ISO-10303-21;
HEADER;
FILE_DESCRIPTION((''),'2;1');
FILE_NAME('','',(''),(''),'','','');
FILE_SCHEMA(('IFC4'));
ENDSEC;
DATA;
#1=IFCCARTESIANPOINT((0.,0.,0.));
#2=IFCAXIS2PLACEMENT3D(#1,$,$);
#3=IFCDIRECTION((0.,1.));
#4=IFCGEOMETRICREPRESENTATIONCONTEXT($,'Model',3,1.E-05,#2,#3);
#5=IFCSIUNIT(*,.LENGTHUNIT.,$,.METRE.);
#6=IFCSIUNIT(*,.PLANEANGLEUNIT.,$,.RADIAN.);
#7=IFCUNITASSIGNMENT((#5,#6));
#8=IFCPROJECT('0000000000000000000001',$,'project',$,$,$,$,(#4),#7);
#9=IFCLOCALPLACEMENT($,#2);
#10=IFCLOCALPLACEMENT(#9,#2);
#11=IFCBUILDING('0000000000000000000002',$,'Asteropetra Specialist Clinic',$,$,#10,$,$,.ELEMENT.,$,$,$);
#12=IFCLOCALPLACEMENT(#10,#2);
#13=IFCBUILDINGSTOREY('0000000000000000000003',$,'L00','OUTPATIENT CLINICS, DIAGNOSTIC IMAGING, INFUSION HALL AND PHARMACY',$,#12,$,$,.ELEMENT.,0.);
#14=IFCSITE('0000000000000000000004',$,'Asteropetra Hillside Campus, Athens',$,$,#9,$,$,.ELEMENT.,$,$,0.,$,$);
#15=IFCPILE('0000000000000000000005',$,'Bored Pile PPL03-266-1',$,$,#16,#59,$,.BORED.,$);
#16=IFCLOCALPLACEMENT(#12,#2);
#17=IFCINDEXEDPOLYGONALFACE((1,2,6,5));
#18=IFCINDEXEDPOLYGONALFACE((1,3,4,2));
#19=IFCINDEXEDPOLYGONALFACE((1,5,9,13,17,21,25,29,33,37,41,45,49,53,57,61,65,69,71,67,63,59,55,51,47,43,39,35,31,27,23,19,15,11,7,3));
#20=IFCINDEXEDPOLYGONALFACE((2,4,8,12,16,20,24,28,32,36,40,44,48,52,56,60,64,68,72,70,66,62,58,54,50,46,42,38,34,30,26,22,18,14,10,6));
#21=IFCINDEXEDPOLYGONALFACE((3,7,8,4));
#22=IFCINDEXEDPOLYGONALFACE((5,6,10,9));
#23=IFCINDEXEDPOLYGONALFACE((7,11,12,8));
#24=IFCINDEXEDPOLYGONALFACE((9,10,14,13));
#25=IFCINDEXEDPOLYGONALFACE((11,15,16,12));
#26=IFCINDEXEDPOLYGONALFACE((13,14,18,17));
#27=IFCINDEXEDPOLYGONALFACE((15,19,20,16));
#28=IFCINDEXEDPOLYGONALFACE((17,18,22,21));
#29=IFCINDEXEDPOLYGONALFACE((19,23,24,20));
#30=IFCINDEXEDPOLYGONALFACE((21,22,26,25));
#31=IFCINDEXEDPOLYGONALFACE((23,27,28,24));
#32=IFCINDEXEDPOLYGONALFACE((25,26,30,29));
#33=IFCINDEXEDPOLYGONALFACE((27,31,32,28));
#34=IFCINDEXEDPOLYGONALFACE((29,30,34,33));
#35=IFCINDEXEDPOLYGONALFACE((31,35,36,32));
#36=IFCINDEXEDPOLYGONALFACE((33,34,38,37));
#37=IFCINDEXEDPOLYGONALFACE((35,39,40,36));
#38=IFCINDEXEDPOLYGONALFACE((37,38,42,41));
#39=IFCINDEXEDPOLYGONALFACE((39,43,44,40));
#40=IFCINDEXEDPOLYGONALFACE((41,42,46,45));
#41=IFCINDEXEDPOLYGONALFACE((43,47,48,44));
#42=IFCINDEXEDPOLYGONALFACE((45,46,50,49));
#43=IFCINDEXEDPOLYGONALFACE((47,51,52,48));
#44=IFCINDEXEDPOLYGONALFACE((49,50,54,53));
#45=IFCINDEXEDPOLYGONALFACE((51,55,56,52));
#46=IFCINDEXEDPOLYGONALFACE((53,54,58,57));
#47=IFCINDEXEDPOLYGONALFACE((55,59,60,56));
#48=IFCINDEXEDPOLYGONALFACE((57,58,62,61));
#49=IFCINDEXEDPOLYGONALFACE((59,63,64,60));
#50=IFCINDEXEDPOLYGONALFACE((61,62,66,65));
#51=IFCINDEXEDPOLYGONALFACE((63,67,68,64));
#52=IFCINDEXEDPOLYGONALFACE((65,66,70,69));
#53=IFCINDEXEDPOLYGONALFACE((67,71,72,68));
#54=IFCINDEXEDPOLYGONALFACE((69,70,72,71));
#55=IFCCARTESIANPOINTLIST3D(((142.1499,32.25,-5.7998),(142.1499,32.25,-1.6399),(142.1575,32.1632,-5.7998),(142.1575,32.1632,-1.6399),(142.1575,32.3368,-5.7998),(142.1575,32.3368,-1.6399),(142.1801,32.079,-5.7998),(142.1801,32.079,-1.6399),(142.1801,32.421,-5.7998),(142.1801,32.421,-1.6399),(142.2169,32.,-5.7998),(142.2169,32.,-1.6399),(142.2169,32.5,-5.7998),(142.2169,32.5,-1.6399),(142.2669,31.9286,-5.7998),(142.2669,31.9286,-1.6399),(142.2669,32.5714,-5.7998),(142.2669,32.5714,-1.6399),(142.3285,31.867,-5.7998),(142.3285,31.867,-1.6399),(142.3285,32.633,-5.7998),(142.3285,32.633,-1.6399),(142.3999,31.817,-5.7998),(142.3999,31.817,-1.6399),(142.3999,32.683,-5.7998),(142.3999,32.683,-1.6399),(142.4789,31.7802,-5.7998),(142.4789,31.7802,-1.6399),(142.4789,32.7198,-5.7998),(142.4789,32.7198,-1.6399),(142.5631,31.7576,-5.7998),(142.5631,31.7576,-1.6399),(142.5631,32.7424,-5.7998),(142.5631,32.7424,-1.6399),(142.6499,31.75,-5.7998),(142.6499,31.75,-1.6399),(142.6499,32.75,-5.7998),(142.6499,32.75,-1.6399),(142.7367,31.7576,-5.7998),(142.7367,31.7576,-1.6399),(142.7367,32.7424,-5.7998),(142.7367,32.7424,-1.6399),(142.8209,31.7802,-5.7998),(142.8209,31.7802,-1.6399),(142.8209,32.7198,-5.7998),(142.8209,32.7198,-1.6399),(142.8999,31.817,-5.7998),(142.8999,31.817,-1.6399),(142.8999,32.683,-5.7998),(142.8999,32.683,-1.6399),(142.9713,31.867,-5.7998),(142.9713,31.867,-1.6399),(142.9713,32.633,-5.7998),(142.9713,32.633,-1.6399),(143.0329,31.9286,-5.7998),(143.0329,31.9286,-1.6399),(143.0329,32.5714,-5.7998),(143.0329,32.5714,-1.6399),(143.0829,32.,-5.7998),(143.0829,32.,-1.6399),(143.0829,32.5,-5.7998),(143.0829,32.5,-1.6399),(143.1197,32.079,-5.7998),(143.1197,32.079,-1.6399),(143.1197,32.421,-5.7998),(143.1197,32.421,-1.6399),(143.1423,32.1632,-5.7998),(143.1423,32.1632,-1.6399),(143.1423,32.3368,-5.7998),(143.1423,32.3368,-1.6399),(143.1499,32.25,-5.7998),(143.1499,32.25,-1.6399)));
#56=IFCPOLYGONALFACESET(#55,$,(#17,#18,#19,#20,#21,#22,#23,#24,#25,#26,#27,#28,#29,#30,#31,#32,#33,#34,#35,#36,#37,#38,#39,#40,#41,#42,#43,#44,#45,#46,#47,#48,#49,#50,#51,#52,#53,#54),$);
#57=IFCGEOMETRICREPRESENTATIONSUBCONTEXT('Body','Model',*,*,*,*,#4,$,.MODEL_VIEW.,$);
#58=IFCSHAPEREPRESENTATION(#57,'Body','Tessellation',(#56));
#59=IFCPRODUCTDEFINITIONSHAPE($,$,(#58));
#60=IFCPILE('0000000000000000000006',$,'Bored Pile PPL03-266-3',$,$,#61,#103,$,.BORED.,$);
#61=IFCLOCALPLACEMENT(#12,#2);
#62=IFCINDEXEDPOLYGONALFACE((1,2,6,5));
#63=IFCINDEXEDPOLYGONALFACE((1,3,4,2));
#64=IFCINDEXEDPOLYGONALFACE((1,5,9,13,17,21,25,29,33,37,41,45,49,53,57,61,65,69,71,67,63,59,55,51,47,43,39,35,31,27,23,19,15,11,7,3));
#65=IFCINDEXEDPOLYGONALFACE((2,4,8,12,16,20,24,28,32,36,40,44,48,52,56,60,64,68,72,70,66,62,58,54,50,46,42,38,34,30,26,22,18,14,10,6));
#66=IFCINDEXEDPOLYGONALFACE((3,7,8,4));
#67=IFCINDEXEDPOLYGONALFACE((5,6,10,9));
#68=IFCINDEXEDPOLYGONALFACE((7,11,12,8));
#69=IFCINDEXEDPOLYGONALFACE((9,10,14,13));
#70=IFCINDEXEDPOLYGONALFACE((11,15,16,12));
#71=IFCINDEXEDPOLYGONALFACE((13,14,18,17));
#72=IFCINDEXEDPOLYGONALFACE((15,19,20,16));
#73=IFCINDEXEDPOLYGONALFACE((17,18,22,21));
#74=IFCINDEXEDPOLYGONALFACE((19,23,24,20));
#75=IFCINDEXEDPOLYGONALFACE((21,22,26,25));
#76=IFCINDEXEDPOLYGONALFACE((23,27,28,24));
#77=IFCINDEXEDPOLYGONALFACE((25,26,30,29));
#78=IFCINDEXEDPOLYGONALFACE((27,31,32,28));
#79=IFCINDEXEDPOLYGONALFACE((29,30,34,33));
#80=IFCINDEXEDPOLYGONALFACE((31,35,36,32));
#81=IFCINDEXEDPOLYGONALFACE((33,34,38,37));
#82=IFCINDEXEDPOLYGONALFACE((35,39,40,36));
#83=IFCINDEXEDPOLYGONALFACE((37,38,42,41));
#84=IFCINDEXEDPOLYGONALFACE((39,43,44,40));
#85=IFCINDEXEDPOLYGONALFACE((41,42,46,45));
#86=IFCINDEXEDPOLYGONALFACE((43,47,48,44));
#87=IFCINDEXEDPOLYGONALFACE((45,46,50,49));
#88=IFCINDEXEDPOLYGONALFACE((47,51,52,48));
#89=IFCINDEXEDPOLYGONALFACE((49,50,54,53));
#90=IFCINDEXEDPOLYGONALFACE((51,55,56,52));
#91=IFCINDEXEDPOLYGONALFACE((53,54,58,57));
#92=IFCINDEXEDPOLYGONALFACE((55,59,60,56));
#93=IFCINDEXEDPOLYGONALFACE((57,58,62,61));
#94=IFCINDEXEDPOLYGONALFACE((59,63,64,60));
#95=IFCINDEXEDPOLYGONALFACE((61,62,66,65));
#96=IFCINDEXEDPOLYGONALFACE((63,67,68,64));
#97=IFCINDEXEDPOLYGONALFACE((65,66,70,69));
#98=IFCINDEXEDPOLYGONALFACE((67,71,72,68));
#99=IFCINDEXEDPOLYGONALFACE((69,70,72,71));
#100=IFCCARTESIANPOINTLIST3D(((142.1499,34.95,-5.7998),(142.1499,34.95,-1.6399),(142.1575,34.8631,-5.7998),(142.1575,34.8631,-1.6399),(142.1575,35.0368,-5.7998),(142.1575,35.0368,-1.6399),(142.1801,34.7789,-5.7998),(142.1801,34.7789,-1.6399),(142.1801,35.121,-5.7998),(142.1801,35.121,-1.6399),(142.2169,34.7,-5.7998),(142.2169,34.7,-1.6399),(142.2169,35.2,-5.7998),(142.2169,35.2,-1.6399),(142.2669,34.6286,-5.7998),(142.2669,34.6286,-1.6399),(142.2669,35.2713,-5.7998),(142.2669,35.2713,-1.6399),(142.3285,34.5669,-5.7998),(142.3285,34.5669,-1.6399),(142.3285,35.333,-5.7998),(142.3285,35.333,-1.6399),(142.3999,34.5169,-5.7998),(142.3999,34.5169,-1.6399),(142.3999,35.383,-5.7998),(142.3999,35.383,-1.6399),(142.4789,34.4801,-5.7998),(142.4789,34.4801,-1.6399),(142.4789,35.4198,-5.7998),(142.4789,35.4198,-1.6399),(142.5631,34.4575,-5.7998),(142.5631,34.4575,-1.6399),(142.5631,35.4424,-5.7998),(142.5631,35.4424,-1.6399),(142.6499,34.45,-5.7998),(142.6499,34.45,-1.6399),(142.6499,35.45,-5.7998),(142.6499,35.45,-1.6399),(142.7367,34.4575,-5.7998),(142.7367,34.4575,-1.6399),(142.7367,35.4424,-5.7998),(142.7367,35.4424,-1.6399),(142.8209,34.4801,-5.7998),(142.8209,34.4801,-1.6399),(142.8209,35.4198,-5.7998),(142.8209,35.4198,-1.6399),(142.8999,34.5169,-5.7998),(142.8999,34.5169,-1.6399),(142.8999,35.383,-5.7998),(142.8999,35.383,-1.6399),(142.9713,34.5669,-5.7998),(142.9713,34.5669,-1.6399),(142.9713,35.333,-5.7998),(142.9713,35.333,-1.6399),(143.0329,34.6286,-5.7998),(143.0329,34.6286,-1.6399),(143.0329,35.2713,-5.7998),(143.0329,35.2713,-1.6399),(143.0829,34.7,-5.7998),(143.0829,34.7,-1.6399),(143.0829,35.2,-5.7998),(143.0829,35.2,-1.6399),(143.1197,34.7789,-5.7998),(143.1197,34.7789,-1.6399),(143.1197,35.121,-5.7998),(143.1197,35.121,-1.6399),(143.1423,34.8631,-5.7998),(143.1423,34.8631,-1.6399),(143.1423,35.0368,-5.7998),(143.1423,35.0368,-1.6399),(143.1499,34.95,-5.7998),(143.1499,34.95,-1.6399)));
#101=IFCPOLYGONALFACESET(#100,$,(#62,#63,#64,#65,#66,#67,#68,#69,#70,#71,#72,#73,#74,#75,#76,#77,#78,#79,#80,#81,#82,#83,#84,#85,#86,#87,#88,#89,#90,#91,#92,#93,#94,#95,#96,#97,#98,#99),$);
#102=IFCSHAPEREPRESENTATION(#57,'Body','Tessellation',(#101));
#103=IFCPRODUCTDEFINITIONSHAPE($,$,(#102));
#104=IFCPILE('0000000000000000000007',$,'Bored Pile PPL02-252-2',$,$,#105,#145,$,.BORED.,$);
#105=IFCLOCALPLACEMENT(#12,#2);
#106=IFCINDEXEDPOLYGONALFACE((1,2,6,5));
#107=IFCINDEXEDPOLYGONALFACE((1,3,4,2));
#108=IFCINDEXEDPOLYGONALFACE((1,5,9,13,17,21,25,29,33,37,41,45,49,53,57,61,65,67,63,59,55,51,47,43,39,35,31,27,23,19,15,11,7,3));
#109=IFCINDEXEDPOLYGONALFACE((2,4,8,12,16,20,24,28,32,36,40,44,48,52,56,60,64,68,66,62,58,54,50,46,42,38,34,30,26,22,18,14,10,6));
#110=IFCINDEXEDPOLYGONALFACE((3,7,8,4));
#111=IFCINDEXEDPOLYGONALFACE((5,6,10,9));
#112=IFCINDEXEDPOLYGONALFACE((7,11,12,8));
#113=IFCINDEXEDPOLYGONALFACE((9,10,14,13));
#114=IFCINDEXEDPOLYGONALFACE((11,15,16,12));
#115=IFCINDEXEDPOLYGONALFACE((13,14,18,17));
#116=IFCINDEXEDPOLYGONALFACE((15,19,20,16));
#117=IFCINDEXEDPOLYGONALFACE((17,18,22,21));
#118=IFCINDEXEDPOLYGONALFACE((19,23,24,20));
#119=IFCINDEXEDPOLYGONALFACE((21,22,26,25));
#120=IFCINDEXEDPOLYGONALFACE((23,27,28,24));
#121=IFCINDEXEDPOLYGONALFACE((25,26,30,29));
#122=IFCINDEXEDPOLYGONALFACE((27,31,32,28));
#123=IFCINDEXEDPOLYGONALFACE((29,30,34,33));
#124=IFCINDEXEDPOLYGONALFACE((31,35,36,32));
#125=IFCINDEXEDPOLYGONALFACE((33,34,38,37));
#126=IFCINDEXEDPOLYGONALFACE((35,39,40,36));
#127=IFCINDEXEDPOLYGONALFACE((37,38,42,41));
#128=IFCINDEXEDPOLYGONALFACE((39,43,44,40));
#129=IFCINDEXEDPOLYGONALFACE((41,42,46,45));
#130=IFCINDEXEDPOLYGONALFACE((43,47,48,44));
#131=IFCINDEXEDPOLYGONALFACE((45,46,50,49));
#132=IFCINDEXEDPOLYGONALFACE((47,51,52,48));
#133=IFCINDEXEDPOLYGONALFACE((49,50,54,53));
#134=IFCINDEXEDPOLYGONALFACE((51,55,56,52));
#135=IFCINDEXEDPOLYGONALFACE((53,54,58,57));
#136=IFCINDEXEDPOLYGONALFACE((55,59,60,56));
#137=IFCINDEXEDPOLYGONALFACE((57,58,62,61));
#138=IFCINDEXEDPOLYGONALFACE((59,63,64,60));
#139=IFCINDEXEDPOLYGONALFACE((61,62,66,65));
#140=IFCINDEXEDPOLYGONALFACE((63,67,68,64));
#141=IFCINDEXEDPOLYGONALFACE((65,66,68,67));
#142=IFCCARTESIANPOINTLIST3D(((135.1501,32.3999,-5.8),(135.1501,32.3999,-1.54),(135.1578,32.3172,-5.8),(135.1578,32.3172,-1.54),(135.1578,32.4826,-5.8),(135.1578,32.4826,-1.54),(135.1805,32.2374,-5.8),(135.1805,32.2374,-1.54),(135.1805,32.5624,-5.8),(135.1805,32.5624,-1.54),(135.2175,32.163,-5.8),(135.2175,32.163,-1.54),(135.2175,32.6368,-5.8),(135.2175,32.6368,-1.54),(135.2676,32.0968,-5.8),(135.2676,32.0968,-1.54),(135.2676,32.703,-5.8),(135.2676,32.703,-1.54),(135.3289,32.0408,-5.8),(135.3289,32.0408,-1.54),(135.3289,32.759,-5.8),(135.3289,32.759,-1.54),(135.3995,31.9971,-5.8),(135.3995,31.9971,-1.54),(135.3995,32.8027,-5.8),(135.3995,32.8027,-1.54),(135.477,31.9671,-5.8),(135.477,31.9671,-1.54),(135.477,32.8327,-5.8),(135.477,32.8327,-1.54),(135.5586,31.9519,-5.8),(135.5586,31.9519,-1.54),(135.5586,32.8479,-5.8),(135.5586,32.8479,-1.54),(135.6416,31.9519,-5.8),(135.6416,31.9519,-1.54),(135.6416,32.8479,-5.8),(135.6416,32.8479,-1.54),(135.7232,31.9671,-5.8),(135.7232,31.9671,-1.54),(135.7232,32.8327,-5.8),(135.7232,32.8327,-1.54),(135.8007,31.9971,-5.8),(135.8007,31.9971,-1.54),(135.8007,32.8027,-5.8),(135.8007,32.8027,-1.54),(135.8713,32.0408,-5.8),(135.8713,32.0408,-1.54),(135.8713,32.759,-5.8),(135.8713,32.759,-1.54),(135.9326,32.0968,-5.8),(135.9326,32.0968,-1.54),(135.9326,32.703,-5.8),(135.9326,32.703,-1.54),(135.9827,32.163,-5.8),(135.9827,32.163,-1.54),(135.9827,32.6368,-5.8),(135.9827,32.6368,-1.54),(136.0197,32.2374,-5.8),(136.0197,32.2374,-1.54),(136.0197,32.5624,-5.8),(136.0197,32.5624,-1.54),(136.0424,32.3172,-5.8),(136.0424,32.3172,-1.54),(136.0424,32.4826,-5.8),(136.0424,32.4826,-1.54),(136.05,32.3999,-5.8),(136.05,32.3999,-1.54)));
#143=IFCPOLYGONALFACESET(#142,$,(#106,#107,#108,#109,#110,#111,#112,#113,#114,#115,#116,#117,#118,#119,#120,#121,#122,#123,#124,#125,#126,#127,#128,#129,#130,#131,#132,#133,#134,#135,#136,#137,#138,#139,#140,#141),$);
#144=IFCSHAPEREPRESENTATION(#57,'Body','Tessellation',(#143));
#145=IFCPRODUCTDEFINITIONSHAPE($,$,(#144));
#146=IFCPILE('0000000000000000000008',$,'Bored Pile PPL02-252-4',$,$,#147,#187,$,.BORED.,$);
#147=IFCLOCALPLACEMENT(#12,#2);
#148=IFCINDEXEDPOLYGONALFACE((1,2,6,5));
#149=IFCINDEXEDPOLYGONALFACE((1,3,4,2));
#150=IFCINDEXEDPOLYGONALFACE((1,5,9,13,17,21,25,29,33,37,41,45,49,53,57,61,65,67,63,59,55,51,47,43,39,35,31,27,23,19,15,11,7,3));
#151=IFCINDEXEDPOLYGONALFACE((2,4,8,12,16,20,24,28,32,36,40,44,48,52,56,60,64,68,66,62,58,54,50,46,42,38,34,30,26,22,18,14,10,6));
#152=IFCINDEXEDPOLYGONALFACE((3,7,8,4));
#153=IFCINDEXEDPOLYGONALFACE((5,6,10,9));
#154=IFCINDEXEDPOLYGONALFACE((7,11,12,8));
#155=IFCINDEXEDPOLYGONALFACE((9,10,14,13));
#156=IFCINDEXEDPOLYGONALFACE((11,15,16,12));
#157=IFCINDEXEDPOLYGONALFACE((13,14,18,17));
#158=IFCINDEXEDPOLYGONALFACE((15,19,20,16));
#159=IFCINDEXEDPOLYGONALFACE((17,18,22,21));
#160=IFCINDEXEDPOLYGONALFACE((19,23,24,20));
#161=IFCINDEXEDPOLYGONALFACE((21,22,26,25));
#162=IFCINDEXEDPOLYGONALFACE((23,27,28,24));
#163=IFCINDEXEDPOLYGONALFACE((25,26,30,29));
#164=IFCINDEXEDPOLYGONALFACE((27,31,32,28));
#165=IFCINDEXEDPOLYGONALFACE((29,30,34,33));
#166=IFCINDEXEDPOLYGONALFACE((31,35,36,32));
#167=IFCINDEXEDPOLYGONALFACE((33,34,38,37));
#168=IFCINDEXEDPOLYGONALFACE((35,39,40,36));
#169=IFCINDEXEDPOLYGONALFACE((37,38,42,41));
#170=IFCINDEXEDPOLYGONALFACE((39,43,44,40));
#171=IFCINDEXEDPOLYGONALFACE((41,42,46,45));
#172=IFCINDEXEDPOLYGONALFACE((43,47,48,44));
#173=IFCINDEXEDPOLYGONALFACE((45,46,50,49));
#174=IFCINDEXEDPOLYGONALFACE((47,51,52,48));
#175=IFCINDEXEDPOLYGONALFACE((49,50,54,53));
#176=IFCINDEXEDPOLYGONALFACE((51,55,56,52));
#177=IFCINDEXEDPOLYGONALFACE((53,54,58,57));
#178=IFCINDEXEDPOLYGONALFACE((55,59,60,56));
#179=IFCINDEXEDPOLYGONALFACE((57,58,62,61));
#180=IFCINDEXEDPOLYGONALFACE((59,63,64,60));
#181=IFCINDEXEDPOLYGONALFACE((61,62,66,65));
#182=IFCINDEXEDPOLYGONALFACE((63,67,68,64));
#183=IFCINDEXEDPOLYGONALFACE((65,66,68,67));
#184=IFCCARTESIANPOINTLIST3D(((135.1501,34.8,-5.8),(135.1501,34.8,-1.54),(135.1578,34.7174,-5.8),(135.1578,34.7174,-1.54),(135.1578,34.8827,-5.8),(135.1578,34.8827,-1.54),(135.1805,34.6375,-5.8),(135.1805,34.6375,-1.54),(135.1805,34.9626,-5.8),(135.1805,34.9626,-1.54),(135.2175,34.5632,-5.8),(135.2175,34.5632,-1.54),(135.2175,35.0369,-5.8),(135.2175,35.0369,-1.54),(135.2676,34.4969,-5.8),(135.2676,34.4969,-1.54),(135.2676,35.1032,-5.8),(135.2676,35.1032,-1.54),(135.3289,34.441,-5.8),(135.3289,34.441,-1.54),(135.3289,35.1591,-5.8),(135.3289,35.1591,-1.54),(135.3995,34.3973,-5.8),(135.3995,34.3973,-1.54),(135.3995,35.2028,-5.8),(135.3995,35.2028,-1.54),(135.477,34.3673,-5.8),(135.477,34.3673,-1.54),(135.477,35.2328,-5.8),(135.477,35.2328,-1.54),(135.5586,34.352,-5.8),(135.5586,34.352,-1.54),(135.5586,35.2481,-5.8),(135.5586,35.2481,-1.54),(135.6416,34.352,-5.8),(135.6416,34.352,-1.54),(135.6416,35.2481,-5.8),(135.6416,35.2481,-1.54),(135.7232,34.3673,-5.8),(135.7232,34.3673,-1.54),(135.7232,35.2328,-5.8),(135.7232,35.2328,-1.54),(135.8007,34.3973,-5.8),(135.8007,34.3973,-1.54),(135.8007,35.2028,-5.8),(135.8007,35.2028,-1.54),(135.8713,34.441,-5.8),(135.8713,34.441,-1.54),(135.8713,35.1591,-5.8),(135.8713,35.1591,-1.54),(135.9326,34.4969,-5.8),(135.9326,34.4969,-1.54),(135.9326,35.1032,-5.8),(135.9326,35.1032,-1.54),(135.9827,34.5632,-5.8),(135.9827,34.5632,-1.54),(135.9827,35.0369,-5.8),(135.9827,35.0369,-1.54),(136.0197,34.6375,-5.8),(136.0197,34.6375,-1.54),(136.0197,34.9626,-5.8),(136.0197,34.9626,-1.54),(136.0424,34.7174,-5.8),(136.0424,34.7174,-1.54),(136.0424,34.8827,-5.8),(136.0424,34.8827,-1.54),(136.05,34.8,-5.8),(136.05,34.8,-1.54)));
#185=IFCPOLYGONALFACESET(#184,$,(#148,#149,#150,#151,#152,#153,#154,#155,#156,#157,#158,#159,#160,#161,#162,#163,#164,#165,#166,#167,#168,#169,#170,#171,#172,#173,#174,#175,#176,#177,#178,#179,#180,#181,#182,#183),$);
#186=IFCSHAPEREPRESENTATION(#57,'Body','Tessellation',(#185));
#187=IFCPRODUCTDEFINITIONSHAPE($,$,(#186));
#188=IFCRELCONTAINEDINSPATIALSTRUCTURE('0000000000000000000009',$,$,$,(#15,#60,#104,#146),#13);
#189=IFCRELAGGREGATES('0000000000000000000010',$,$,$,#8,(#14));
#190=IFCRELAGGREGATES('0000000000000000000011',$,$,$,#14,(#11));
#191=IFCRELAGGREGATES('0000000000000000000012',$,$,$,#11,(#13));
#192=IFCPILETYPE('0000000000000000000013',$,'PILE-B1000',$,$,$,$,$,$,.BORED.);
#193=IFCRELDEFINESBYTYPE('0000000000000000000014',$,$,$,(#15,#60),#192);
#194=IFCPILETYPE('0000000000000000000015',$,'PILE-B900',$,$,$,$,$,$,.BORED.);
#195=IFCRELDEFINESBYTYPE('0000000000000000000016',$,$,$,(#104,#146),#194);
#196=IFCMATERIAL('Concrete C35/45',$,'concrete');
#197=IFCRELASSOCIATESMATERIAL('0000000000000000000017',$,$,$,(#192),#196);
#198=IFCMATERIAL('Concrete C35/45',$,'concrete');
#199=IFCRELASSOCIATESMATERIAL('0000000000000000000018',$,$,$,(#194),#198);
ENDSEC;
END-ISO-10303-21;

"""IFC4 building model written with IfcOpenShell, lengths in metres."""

from ifc_helpers import new_model, si_unit, direction, frame, origin, origin_2d, place, context, subcontext, project, spatial, circle, extrude, material, material_profile, profile_set, type_object, element, save


model = new_model("IFC4")

# Units and contexts
model_context = context("Model", 3, precision=1e-05, world=origin(), true_north=direction((0.0, 1.0)))
body_context = subcontext(model_context, "Body", "Model", "MODEL_VIEW")
ifc_project = project(units=[si_unit("LENGTHUNIT", "METRE"), si_unit("PLANEANGLEUNIT", "RADIAN")], contexts=[model_context])

# Site, building, storey
site_placement = place(None, origin())
site = spatial("IfcSite", under=ifc_project, at=site_placement, Name="Asteropetra Hillside Campus, Athens", CompositionType="ELEMENT", RefElevation=0.0)
building_placement = place(site_placement, origin())
building = spatial("IfcBuilding", under=site, at=building_placement, Name="Asteropetra Specialist Clinic", CompositionType="ELEMENT")
storey_placement = place(building_placement, origin())
storey = spatial("IfcBuildingStorey", under=building, at=storey_placement, Name="L00", Description="OUTPATIENT CLINICS, DIAGNOSTIC IMAGING, INFUSION HALL AND PHARMACY", CompositionType="ELEMENT", Elevation=0.0)

# Piles
ifc_material_1 = material(Name="Concrete C35/45", Category="concrete")
ifc_material_profile_1 = material_profile(ifc_material_1, circle(Radius=0.5, at=origin_2d()), Name="PILE D1000")
ifc_profile_set_1 = profile_set([ifc_material_profile_1], Name="Concrete C35/45")
pile_type_1 = type_object("IfcPileType", Name="PILE-B1000", PredefinedType="BORED", material=ifc_profile_set_1)
for number, where, z_axis, x_axis, name in (
    (1, (142.6499, 32.25, -1.6399), (0.0, 0.0, -1.0), (1.0, 0.0, 0.0), "Bored Pile PPL03-266-1"),
    (2, (142.6499, 34.95, -1.6399), (0.0, 0.0, -1.0), (1.0, 0.0, 0.0), "Bored Pile PPL03-266-3"),
):
    element("IfcPile", number, at=place(storey_placement, frame(where, z_axis=z_axis, x_axis=x_axis)), inside=storey, type_object=pile_type_1, Name=name, PredefinedType="BORED", context=body_context, shape_type="SweptSolid", body=[
        extrude(circle(Radius=0.5, at=origin_2d()), origin(), (0.0, 0.0, 1.0), 4.1599),
    ])
ifc_material_2 = material(Name="Concrete C35/45", Category="concrete")
ifc_material_profile_2 = material_profile(ifc_material_2, circle(Radius=0.45, at=origin_2d()), Name="PILE D900")
ifc_profile_set_2 = profile_set([ifc_material_profile_2], Name="Concrete C35/45")
pile_type_2 = type_object("IfcPileType", Name="PILE-B900", PredefinedType="BORED", material=ifc_profile_set_2)
for number, where, z_axis, x_axis, name in (
    (3, (135.6001, 32.3999, -1.54), (0.0, 0.0, -1.0), (1.0, 0.0, 0.0), "Bored Pile PPL02-252-2"),
    (4, (135.6001, 34.8, -1.54), (0.0, 0.0, -1.0), (1.0, 0.0, 0.0), "Bored Pile PPL02-252-4"),
):
    element("IfcPile", number, at=place(storey_placement, frame(where, z_axis=z_axis, x_axis=x_axis)), inside=storey, type_object=pile_type_2, Name=name, PredefinedType="BORED", context=body_context, shape_type="SweptSolid", body=[
        extrude(circle(Radius=0.45, at=origin_2d()), origin(), (0.0, 0.0, 1.0), 4.26),
    ])

save(model, "model.ifc")
